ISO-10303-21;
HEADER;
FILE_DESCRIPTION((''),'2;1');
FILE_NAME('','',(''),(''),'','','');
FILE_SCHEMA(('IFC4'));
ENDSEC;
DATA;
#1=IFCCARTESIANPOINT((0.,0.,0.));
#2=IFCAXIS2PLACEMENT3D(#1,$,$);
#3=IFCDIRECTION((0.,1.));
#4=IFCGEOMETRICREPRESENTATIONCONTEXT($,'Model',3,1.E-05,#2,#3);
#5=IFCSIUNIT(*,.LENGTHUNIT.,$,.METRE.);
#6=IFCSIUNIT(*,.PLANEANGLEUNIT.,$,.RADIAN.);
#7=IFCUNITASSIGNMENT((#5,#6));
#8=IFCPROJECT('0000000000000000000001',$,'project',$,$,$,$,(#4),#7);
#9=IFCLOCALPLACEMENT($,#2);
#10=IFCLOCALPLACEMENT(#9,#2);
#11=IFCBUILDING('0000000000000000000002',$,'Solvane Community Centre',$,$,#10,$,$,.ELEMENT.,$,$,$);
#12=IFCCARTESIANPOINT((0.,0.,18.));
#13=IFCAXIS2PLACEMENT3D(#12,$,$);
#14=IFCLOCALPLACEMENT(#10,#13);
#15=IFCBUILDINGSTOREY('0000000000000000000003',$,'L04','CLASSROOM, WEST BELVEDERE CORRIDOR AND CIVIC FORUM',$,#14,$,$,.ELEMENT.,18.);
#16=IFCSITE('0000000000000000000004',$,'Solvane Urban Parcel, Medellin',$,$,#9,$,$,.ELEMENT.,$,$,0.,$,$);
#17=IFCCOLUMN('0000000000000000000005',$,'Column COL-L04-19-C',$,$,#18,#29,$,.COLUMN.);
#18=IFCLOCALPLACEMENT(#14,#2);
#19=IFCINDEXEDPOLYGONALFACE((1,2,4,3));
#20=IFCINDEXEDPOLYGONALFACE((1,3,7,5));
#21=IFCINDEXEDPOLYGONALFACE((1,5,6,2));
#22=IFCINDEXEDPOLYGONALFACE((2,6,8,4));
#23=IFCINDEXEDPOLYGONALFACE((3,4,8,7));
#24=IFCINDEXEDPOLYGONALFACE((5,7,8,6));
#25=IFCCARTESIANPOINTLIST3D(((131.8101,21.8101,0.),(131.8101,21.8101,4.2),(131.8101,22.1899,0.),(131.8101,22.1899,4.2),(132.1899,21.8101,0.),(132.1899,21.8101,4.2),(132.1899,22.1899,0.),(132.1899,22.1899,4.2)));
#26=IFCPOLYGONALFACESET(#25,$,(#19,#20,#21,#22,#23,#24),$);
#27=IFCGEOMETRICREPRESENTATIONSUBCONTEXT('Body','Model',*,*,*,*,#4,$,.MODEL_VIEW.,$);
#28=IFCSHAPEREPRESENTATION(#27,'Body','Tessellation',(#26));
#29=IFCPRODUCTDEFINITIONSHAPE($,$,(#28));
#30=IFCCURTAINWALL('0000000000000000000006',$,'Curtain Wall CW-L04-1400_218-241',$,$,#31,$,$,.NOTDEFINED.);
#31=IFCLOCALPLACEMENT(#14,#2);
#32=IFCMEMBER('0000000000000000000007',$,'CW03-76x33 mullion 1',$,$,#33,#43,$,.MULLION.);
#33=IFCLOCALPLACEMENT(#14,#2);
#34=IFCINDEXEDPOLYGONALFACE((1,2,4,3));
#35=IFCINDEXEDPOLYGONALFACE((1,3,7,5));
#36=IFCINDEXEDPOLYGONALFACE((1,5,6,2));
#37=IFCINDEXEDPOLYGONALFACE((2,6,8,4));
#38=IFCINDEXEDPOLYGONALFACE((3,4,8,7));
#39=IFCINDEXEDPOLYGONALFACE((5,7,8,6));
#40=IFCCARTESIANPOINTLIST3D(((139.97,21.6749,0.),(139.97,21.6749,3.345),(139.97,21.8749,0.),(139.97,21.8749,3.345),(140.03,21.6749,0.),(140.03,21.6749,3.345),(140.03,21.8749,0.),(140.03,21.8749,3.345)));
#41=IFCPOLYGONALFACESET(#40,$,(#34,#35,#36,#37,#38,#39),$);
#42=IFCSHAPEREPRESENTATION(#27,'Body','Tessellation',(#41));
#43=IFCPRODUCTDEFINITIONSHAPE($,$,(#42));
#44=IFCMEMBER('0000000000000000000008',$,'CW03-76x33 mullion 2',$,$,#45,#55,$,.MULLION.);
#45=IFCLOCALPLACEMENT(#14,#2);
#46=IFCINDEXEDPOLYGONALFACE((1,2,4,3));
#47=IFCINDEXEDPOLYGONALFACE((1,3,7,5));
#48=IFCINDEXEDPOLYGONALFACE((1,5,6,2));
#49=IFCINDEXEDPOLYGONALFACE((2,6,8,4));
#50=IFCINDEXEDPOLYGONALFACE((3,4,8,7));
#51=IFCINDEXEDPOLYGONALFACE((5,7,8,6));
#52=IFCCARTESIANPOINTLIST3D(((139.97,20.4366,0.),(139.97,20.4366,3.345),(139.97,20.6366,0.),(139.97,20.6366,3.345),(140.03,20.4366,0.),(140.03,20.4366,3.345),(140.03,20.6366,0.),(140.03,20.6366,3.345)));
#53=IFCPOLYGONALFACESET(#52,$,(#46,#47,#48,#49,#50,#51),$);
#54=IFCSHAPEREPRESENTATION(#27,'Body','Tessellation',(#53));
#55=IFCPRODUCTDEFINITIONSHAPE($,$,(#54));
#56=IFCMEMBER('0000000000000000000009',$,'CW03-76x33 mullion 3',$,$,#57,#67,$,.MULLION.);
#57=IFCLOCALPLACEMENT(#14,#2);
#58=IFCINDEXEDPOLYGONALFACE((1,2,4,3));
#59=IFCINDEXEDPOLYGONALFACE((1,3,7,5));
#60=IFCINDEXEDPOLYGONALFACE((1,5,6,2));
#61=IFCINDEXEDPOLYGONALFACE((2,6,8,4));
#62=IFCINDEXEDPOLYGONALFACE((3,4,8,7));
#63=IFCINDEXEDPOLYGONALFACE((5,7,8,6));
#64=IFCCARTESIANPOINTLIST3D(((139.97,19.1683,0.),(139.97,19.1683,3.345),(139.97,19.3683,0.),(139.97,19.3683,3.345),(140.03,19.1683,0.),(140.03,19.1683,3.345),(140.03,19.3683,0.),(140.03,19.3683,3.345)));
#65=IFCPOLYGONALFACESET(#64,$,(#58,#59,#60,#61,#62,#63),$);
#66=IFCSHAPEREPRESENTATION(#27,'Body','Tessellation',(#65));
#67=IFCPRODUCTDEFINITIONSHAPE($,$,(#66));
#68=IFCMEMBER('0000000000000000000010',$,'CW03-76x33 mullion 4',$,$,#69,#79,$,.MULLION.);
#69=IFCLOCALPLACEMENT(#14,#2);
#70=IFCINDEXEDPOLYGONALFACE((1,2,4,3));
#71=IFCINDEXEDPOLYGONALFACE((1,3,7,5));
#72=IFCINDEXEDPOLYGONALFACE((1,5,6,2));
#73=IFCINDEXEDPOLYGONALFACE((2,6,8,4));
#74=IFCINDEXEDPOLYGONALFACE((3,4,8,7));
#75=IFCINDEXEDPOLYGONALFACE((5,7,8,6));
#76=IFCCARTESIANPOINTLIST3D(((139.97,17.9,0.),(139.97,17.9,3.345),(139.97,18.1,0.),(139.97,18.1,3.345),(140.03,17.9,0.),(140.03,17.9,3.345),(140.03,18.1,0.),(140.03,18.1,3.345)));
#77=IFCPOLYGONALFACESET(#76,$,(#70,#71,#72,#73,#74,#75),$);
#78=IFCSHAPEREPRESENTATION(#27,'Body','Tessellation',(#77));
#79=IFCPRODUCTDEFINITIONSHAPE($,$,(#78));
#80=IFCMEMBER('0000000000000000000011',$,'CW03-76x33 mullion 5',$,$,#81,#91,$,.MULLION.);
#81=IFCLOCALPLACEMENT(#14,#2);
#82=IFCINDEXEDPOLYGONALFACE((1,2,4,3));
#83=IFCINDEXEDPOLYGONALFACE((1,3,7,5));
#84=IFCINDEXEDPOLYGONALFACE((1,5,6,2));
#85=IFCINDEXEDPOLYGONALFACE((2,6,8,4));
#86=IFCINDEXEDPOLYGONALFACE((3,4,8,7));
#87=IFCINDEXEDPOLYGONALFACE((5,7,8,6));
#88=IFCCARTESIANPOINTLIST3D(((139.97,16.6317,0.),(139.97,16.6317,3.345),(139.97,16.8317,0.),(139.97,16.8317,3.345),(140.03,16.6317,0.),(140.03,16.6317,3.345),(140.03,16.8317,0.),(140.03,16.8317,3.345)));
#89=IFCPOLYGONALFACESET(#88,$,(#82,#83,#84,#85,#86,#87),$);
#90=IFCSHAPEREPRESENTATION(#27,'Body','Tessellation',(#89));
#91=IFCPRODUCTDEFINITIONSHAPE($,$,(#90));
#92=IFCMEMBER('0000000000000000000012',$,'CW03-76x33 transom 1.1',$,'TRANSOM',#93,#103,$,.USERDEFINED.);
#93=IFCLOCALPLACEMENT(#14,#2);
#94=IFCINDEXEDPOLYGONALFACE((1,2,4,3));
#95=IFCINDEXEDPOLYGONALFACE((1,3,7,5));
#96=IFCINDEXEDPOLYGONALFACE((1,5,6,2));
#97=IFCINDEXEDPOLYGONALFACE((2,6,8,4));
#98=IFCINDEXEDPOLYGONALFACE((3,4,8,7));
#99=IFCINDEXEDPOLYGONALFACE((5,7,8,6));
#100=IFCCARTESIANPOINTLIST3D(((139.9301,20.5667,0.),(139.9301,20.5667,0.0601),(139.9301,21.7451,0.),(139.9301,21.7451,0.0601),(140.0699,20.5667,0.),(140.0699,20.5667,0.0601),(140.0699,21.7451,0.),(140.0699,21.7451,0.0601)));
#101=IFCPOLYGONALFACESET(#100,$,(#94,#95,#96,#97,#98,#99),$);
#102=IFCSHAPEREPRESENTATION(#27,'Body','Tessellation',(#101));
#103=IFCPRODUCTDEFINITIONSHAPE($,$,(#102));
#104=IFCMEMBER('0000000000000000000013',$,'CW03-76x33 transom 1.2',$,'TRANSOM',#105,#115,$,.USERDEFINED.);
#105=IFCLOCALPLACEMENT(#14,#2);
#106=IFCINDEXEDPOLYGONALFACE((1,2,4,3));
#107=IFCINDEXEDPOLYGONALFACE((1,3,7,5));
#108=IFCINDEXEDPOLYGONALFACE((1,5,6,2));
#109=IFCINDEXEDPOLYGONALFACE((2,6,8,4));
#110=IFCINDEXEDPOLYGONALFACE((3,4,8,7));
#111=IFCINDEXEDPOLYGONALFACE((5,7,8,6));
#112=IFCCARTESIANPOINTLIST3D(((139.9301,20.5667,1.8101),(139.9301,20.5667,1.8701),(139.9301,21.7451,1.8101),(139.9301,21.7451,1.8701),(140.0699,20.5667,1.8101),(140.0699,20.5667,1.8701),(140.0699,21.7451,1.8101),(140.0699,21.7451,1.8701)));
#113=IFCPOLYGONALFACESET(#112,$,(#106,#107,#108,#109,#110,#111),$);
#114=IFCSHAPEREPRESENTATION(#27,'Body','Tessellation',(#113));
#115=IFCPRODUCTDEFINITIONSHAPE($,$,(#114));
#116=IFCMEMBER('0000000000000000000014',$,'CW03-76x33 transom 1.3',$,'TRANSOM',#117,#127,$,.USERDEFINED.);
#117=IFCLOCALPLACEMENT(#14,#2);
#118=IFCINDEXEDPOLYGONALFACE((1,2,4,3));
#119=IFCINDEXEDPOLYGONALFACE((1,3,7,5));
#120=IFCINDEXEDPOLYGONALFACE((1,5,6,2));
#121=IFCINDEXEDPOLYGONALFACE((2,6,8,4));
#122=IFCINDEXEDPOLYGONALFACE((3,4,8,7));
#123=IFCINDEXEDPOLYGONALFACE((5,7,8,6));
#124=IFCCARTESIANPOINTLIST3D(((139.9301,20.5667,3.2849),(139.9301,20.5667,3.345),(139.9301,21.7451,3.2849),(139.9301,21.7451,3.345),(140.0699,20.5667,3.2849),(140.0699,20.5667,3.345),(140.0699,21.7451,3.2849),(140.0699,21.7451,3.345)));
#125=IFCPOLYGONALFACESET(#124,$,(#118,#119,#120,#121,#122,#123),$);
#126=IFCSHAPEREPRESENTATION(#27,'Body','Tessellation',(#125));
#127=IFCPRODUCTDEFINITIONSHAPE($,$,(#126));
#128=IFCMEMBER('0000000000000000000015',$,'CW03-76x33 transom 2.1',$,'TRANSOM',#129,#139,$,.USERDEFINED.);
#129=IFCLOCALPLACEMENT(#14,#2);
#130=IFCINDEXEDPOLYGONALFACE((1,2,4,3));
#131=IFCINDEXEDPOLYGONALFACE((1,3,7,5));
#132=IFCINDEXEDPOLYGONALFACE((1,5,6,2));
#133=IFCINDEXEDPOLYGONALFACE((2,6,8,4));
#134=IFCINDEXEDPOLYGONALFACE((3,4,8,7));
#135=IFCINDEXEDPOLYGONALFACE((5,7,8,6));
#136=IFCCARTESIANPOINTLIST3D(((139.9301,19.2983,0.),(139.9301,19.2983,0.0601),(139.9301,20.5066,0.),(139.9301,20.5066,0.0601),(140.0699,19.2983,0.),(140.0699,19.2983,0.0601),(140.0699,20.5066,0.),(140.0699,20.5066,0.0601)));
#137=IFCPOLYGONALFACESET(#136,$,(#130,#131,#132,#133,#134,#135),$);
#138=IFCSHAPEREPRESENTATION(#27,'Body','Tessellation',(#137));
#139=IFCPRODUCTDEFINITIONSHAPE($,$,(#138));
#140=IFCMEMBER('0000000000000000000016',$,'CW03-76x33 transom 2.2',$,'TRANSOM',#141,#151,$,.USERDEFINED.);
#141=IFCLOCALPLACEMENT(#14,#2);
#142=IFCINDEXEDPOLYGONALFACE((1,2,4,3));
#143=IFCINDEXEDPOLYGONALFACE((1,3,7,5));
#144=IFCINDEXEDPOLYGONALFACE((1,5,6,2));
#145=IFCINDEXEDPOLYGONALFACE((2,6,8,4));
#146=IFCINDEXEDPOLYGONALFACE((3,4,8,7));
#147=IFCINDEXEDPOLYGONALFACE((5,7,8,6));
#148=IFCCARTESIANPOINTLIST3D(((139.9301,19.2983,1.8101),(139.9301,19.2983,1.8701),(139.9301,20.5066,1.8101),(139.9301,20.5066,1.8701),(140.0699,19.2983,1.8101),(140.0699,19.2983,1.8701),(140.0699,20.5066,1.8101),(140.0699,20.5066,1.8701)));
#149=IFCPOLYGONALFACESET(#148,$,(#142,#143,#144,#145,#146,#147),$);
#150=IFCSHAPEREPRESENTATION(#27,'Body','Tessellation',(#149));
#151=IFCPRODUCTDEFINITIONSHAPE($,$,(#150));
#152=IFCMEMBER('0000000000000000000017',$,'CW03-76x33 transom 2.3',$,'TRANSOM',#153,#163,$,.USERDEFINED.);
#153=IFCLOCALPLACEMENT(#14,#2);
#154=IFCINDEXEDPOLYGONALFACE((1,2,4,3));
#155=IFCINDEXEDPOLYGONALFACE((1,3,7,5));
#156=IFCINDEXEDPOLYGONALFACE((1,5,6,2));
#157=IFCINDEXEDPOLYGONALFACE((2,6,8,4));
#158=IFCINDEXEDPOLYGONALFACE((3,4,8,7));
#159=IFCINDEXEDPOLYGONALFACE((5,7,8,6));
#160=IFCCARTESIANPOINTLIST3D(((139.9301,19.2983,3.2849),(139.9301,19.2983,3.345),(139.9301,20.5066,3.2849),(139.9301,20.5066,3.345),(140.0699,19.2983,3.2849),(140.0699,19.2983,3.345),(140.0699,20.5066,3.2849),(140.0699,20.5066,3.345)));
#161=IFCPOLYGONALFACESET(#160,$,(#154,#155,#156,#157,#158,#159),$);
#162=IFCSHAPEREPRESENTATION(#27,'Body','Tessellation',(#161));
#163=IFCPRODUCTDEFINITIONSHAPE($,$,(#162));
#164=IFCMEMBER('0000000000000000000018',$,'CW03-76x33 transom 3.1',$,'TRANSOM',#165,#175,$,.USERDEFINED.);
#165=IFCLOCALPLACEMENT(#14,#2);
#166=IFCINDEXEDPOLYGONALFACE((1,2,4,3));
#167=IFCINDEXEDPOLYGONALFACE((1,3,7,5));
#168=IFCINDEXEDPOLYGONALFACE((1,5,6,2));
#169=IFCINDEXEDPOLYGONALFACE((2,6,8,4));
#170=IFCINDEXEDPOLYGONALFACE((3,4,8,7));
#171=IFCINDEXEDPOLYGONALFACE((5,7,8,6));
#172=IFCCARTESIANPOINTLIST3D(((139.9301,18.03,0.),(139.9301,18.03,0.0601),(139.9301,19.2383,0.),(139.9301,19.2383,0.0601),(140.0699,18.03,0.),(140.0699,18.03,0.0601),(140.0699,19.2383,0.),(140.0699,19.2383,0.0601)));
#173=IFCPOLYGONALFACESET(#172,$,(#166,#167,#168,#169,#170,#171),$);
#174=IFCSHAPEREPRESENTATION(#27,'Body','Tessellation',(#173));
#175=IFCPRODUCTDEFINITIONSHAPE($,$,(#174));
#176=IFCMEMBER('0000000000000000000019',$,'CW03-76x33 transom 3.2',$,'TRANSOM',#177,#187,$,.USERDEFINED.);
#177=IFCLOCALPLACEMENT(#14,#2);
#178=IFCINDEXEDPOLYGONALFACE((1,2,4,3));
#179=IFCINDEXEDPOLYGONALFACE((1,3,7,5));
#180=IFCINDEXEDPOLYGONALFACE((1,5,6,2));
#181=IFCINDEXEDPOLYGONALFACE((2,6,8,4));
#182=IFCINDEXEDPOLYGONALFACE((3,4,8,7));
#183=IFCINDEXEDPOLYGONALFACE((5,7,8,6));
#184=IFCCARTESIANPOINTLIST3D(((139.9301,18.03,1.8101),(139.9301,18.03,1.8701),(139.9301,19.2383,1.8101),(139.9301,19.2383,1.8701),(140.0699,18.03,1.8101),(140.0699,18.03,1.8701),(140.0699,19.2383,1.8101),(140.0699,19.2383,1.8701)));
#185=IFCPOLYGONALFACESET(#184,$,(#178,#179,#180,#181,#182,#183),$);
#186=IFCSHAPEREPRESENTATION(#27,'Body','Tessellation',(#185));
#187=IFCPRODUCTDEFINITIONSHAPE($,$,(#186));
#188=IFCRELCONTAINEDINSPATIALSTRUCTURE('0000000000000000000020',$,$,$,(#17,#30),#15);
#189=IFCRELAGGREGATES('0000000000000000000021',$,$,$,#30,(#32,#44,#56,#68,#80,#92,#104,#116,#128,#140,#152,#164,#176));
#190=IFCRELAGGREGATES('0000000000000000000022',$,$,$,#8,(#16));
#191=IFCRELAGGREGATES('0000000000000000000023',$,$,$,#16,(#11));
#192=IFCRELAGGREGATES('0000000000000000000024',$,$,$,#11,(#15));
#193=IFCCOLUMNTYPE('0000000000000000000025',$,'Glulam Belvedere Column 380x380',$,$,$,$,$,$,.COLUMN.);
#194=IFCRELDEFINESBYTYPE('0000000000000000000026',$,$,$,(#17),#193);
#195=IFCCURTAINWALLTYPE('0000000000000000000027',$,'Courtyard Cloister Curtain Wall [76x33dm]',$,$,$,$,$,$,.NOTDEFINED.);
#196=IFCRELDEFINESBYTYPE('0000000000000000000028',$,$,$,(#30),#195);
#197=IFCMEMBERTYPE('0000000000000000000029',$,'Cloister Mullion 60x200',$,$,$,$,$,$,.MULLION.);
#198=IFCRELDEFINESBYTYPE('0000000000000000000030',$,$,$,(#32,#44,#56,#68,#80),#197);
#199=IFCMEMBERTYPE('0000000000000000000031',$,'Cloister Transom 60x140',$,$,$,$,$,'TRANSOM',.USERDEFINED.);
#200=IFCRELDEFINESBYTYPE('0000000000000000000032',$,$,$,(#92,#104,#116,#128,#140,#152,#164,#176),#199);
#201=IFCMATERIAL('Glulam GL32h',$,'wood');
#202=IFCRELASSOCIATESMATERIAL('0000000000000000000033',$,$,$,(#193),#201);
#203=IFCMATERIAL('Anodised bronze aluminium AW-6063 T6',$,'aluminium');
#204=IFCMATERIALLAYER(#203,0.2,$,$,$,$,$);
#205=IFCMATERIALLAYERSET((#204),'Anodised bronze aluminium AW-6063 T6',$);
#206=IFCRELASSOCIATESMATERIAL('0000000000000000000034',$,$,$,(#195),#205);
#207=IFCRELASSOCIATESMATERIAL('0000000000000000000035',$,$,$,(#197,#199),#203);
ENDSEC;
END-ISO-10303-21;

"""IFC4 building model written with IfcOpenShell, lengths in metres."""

from ifc_helpers import new_model, si_unit, direction, frame, origin, origin_2d, place, context, subcontext, project, spatial, rectangle, extrude, material, layer, layer_set, material_profile, profile_set, type_object, element, aggregate, save


model = new_model("IFC4")

# Units and contexts
model_context = context("Model", 3, precision=1e-05, world=origin(), true_north=direction((0.0, 1.0)))
body_context = subcontext(model_context, "Body", "Model", "MODEL_VIEW")
ifc_project = project(units=[si_unit("LENGTHUNIT", "METRE"), si_unit("PLANEANGLEUNIT", "RADIAN")], contexts=[model_context])

# Site, building, storey
site_placement = place(None, origin())
site = spatial("IfcSite", under=ifc_project, at=site_placement, Name="Solvane Urban Parcel, Medellin", CompositionType="ELEMENT", RefElevation=0.0)
building_placement = place(site_placement, origin())
building = spatial("IfcBuilding", under=site, at=building_placement, Name="Solvane Community Centre", CompositionType="ELEMENT")
storey_placement = place(building_placement, frame((0.0, 0.0, 18.0)))
storey = spatial("IfcBuildingStorey", under=building, at=storey_placement, Name="L04", Description="CLASSROOM, WEST BELVEDERE CORRIDOR AND CIVIC FORUM", CompositionType="ELEMENT", Elevation=18.0)

# Column
ifc_material_1 = material(Name="Glulam GL32h", Category="wood")
ifc_material_profile_1 = material_profile(ifc_material_1, rectangle(XDim=0.3799, YDim=0.3799, at=origin_2d()), Name="GL32h 380x380")
ifc_profile_set_1 = profile_set([ifc_material_profile_1], Name="Glulam GL32h")
column_type = type_object("IfcColumnType", Name="Glulam Belvedere Column 380x380", PredefinedType="COLUMN", material=ifc_profile_set_1)
column_placement = place(storey_placement, frame((132.0, 22.0, 0.0), z_axis=(0.0, 0.0, 1.0), x_axis=(1.0, 0.0, 0.0)))
element("IfcColumn", 1, at=column_placement, inside=storey, type_object=column_type, Name="Column COL-L04-19-C", PredefinedType="COLUMN", context=body_context, shape_type="SweptSolid", body=[
    extrude(rectangle(XDim=0.3799, YDim=0.3799, at=origin_2d()), origin(), (0.0, 0.0, 1.0), 4.2),
])

# Curtain wall, members
ifc_material_2 = material(Name="Anodised bronze aluminium AW-6063 T6", Category="aluminium")
ifc_layer_1 = layer(ifc_material_2, 0.2)
ifc_layer_set_1 = layer_set([ifc_layer_1], Name="Anodised bronze aluminium AW-6063 T6")
curtain_wall_type = type_object("IfcCurtainWallType", Name="Courtyard Cloister Curtain Wall [76x33dm]", PredefinedType="NOTDEFINED", material=ifc_layer_set_1)
curtain_wall_placement = place(storey_placement, origin())
curtain_wall = element("IfcCurtainWall", 2, at=curtain_wall_placement, inside=storey, type_object=curtain_wall_type, Name="Curtain Wall CW-L04-1400_218-241", PredefinedType="NOTDEFINED")
ifc_material_profile_2 = material_profile(ifc_material_2, rectangle(XDim=0.0601, YDim=0.2, at=origin_2d()), Name="CW-M 60x200")
ifc_profile_set_2 = profile_set([ifc_material_profile_2], Name="Anodised bronze aluminium AW-6063 T6")
member_type_1 = type_object("IfcMemberType", Name="Cloister Mullion 60x200", PredefinedType="MULLION", material=ifc_profile_set_2)
member_1_placement = place(storey_placement, frame((140.0, 21.7749, 0.0), z_axis=(0.0, 0.0, 1.0), x_axis=(1.0, 0.0, 0.0)))
member_1 = element("IfcMember", 3, at=member_1_placement, type_object=member_type_1, Name="CW03-76x33 mullion 1", PredefinedType="MULLION", context=body_context, shape_type="SweptSolid", body=[
    extrude(rectangle(XDim=0.0601, YDim=0.2, at=origin_2d()), origin(), (0.0, 0.0, 1.0), 3.345),
])
member_2_placement = place(storey_placement, frame((140.0, 20.5366, 0.0), z_axis=(0.0, 0.0, 1.0), x_axis=(1.0, 0.0, 0.0)))
member_2 = element("IfcMember", 4, at=member_2_placement, type_object=member_type_1, Name="CW03-76x33 mullion 2", PredefinedType="MULLION", context=body_context, shape_type="SweptSolid", body=[
    extrude(rectangle(XDim=0.0601, YDim=0.2, at=origin_2d()), origin(), (0.0, 0.0, 1.0), 3.345),
])
member_3_placement = place(storey_placement, frame((140.0, 19.2683, 0.0), z_axis=(0.0, 0.0, 1.0), x_axis=(1.0, 0.0, 0.0)))
member_3 = element("IfcMember", 5, at=member_3_placement, type_object=member_type_1, Name="CW03-76x33 mullion 3", PredefinedType="MULLION", context=body_context, shape_type="SweptSolid", body=[
    extrude(rectangle(XDim=0.0601, YDim=0.2, at=origin_2d()), origin(), (0.0, 0.0, 1.0), 3.345),
])
member_4_placement = place(storey_placement, frame((140.0, 18.0, 0.0), z_axis=(0.0, 0.0, 1.0), x_axis=(1.0, 0.0, 0.0)))
member_4 = element("IfcMember", 6, at=member_4_placement, type_object=member_type_1, Name="CW03-76x33 mullion 4", PredefinedType="MULLION", context=body_context, shape_type="SweptSolid", body=[
    extrude(rectangle(XDim=0.0601, YDim=0.2, at=origin_2d()), origin(), (0.0, 0.0, 1.0), 3.345),
])
member_5_placement = place(storey_placement, frame((140.0, 16.7317, 0.0), z_axis=(0.0, 0.0, 1.0), x_axis=(1.0, 0.0, 0.0)))
member_5 = element("IfcMember", 7, at=member_5_placement, type_object=member_type_1, Name="CW03-76x33 mullion 5", PredefinedType="MULLION", context=body_context, shape_type="SweptSolid", body=[
    extrude(rectangle(XDim=0.0601, YDim=0.2, at=origin_2d()), origin(), (0.0, 0.0, 1.0), 3.345),
])
ifc_material_profile_3 = material_profile(ifc_material_2, rectangle(XDim=0.1399, YDim=0.0601, at=origin_2d()), Name="CW-T 60x140")
ifc_profile_set_3 = profile_set([ifc_material_profile_3], Name="Anodised bronze aluminium AW-6063 T6")
member_type_2 = type_object("IfcMemberType", Name="Cloister Transom 60x140", ElementType="TRANSOM", PredefinedType="USERDEFINED", material=ifc_profile_set_3)
member_6_placement = place(storey_placement, frame((140.0, 21.7451, 0.03), z_axis=(0.0, -1.0, 0.0), x_axis=(1.0, 0.0, 0.0)))
member_6 = element("IfcMember", 8, at=member_6_placement, type_object=member_type_2, Name="CW03-76x33 transom 1.1", ObjectType="TRANSOM", PredefinedType="USERDEFINED", context=body_context, shape_type="SweptSolid", body=[
    extrude(rectangle(XDim=0.1399, YDim=0.0601, at=origin_2d()), origin(), (0.0, 0.0, 1.0), 1.1785),
])
member_7_placement = place(storey_placement, frame((140.0, 21.7451, 1.8401), z_axis=(0.0, -1.0, 0.0), x_axis=(1.0, 0.0, 0.0)))
member_7 = element("IfcMember", 9, at=member_7_placement, type_object=member_type_2, Name="CW03-76x33 transom 1.2", ObjectType="TRANSOM", PredefinedType="USERDEFINED", context=body_context, shape_type="SweptSolid", body=[
    extrude(rectangle(XDim=0.1399, YDim=0.0601, at=origin_2d()), origin(), (0.0, 0.0, 1.0), 1.1785),
])
member_8_placement = place(storey_placement, frame((140.0, 21.7451, 3.3149), z_axis=(0.0, -1.0, 0.0), x_axis=(1.0, 0.0, 0.0)))
member_8 = element("IfcMember", 10, at=member_8_placement, type_object=member_type_2, Name="CW03-76x33 transom 1.3", ObjectType="TRANSOM", PredefinedType="USERDEFINED", context=body_context, shape_type="SweptSolid", body=[
    extrude(rectangle(XDim=0.1399, YDim=0.0601, at=origin_2d()), origin(), (0.0, 0.0, 1.0), 1.1785),
])
member_9_placement = place(storey_placement, frame((140.0, 20.5066, 0.03), z_axis=(0.0, -1.0, 0.0), x_axis=(1.0, 0.0, 0.0)))
member_9 = element("IfcMember", 11, at=member_9_placement, type_object=member_type_2, Name="CW03-76x33 transom 2.1", ObjectType="TRANSOM", PredefinedType="USERDEFINED", context=body_context, shape_type="SweptSolid", body=[
    extrude(rectangle(XDim=0.1399, YDim=0.0601, at=origin_2d()), origin(), (0.0, 0.0, 1.0), 1.2083),
])
member_10_placement = place(storey_placement, frame((140.0, 20.5066, 1.8401), z_axis=(0.0, -1.0, 0.0), x_axis=(1.0, 0.0, 0.0)))
member_10 = element("IfcMember", 12, at=member_10_placement, type_object=member_type_2, Name="CW03-76x33 transom 2.2", ObjectType="TRANSOM", PredefinedType="USERDEFINED", context=body_context, shape_type="SweptSolid", body=[
    extrude(rectangle(XDim=0.1399, YDim=0.0601, at=origin_2d()), origin(), (0.0, 0.0, 1.0), 1.2083),
])
member_11_placement = place(storey_placement, frame((140.0, 20.5066, 3.3149), z_axis=(0.0, -1.0, 0.0), x_axis=(1.0, 0.0, 0.0)))
member_11 = element("IfcMember", 13, at=member_11_placement, type_object=member_type_2, Name="CW03-76x33 transom 2.3", ObjectType="TRANSOM", PredefinedType="USERDEFINED", context=body_context, shape_type="SweptSolid", body=[
    extrude(rectangle(XDim=0.1399, YDim=0.0601, at=origin_2d()), origin(), (0.0, 0.0, 1.0), 1.2083),
])
member_12_placement = place(storey_placement, frame((140.0, 19.2383, 0.03), z_axis=(0.0, -1.0, 0.0), x_axis=(1.0, 0.0, 0.0)))
member_12 = element("IfcMember", 14, at=member_12_placement, type_object=member_type_2, Name="CW03-76x33 transom 3.1", ObjectType="TRANSOM", PredefinedType="USERDEFINED", context=body_context, shape_type="SweptSolid", body=[
    extrude(rectangle(XDim=0.1399, YDim=0.0601, at=origin_2d()), origin(), (0.0, 0.0, 1.0), 1.2083),
])
member_13_placement = place(storey_placement, frame((140.0, 19.2383, 1.8401), z_axis=(0.0, -1.0, 0.0), x_axis=(1.0, 0.0, 0.0)))
member_13 = element("IfcMember", 15, at=member_13_placement, type_object=member_type_2, Name="CW03-76x33 transom 3.2", ObjectType="TRANSOM", PredefinedType="USERDEFINED", context=body_context, shape_type="SweptSolid", body=[
    extrude(rectangle(XDim=0.1399, YDim=0.0601, at=origin_2d()), origin(), (0.0, 0.0, 1.0), 1.2083),
])

aggregate(curtain_wall, [member_1, member_2, member_3, member_4, member_5, member_6, member_7, member_8, member_9, member_10, member_11, member_12, member_13])

save(model, "model.ifc")
